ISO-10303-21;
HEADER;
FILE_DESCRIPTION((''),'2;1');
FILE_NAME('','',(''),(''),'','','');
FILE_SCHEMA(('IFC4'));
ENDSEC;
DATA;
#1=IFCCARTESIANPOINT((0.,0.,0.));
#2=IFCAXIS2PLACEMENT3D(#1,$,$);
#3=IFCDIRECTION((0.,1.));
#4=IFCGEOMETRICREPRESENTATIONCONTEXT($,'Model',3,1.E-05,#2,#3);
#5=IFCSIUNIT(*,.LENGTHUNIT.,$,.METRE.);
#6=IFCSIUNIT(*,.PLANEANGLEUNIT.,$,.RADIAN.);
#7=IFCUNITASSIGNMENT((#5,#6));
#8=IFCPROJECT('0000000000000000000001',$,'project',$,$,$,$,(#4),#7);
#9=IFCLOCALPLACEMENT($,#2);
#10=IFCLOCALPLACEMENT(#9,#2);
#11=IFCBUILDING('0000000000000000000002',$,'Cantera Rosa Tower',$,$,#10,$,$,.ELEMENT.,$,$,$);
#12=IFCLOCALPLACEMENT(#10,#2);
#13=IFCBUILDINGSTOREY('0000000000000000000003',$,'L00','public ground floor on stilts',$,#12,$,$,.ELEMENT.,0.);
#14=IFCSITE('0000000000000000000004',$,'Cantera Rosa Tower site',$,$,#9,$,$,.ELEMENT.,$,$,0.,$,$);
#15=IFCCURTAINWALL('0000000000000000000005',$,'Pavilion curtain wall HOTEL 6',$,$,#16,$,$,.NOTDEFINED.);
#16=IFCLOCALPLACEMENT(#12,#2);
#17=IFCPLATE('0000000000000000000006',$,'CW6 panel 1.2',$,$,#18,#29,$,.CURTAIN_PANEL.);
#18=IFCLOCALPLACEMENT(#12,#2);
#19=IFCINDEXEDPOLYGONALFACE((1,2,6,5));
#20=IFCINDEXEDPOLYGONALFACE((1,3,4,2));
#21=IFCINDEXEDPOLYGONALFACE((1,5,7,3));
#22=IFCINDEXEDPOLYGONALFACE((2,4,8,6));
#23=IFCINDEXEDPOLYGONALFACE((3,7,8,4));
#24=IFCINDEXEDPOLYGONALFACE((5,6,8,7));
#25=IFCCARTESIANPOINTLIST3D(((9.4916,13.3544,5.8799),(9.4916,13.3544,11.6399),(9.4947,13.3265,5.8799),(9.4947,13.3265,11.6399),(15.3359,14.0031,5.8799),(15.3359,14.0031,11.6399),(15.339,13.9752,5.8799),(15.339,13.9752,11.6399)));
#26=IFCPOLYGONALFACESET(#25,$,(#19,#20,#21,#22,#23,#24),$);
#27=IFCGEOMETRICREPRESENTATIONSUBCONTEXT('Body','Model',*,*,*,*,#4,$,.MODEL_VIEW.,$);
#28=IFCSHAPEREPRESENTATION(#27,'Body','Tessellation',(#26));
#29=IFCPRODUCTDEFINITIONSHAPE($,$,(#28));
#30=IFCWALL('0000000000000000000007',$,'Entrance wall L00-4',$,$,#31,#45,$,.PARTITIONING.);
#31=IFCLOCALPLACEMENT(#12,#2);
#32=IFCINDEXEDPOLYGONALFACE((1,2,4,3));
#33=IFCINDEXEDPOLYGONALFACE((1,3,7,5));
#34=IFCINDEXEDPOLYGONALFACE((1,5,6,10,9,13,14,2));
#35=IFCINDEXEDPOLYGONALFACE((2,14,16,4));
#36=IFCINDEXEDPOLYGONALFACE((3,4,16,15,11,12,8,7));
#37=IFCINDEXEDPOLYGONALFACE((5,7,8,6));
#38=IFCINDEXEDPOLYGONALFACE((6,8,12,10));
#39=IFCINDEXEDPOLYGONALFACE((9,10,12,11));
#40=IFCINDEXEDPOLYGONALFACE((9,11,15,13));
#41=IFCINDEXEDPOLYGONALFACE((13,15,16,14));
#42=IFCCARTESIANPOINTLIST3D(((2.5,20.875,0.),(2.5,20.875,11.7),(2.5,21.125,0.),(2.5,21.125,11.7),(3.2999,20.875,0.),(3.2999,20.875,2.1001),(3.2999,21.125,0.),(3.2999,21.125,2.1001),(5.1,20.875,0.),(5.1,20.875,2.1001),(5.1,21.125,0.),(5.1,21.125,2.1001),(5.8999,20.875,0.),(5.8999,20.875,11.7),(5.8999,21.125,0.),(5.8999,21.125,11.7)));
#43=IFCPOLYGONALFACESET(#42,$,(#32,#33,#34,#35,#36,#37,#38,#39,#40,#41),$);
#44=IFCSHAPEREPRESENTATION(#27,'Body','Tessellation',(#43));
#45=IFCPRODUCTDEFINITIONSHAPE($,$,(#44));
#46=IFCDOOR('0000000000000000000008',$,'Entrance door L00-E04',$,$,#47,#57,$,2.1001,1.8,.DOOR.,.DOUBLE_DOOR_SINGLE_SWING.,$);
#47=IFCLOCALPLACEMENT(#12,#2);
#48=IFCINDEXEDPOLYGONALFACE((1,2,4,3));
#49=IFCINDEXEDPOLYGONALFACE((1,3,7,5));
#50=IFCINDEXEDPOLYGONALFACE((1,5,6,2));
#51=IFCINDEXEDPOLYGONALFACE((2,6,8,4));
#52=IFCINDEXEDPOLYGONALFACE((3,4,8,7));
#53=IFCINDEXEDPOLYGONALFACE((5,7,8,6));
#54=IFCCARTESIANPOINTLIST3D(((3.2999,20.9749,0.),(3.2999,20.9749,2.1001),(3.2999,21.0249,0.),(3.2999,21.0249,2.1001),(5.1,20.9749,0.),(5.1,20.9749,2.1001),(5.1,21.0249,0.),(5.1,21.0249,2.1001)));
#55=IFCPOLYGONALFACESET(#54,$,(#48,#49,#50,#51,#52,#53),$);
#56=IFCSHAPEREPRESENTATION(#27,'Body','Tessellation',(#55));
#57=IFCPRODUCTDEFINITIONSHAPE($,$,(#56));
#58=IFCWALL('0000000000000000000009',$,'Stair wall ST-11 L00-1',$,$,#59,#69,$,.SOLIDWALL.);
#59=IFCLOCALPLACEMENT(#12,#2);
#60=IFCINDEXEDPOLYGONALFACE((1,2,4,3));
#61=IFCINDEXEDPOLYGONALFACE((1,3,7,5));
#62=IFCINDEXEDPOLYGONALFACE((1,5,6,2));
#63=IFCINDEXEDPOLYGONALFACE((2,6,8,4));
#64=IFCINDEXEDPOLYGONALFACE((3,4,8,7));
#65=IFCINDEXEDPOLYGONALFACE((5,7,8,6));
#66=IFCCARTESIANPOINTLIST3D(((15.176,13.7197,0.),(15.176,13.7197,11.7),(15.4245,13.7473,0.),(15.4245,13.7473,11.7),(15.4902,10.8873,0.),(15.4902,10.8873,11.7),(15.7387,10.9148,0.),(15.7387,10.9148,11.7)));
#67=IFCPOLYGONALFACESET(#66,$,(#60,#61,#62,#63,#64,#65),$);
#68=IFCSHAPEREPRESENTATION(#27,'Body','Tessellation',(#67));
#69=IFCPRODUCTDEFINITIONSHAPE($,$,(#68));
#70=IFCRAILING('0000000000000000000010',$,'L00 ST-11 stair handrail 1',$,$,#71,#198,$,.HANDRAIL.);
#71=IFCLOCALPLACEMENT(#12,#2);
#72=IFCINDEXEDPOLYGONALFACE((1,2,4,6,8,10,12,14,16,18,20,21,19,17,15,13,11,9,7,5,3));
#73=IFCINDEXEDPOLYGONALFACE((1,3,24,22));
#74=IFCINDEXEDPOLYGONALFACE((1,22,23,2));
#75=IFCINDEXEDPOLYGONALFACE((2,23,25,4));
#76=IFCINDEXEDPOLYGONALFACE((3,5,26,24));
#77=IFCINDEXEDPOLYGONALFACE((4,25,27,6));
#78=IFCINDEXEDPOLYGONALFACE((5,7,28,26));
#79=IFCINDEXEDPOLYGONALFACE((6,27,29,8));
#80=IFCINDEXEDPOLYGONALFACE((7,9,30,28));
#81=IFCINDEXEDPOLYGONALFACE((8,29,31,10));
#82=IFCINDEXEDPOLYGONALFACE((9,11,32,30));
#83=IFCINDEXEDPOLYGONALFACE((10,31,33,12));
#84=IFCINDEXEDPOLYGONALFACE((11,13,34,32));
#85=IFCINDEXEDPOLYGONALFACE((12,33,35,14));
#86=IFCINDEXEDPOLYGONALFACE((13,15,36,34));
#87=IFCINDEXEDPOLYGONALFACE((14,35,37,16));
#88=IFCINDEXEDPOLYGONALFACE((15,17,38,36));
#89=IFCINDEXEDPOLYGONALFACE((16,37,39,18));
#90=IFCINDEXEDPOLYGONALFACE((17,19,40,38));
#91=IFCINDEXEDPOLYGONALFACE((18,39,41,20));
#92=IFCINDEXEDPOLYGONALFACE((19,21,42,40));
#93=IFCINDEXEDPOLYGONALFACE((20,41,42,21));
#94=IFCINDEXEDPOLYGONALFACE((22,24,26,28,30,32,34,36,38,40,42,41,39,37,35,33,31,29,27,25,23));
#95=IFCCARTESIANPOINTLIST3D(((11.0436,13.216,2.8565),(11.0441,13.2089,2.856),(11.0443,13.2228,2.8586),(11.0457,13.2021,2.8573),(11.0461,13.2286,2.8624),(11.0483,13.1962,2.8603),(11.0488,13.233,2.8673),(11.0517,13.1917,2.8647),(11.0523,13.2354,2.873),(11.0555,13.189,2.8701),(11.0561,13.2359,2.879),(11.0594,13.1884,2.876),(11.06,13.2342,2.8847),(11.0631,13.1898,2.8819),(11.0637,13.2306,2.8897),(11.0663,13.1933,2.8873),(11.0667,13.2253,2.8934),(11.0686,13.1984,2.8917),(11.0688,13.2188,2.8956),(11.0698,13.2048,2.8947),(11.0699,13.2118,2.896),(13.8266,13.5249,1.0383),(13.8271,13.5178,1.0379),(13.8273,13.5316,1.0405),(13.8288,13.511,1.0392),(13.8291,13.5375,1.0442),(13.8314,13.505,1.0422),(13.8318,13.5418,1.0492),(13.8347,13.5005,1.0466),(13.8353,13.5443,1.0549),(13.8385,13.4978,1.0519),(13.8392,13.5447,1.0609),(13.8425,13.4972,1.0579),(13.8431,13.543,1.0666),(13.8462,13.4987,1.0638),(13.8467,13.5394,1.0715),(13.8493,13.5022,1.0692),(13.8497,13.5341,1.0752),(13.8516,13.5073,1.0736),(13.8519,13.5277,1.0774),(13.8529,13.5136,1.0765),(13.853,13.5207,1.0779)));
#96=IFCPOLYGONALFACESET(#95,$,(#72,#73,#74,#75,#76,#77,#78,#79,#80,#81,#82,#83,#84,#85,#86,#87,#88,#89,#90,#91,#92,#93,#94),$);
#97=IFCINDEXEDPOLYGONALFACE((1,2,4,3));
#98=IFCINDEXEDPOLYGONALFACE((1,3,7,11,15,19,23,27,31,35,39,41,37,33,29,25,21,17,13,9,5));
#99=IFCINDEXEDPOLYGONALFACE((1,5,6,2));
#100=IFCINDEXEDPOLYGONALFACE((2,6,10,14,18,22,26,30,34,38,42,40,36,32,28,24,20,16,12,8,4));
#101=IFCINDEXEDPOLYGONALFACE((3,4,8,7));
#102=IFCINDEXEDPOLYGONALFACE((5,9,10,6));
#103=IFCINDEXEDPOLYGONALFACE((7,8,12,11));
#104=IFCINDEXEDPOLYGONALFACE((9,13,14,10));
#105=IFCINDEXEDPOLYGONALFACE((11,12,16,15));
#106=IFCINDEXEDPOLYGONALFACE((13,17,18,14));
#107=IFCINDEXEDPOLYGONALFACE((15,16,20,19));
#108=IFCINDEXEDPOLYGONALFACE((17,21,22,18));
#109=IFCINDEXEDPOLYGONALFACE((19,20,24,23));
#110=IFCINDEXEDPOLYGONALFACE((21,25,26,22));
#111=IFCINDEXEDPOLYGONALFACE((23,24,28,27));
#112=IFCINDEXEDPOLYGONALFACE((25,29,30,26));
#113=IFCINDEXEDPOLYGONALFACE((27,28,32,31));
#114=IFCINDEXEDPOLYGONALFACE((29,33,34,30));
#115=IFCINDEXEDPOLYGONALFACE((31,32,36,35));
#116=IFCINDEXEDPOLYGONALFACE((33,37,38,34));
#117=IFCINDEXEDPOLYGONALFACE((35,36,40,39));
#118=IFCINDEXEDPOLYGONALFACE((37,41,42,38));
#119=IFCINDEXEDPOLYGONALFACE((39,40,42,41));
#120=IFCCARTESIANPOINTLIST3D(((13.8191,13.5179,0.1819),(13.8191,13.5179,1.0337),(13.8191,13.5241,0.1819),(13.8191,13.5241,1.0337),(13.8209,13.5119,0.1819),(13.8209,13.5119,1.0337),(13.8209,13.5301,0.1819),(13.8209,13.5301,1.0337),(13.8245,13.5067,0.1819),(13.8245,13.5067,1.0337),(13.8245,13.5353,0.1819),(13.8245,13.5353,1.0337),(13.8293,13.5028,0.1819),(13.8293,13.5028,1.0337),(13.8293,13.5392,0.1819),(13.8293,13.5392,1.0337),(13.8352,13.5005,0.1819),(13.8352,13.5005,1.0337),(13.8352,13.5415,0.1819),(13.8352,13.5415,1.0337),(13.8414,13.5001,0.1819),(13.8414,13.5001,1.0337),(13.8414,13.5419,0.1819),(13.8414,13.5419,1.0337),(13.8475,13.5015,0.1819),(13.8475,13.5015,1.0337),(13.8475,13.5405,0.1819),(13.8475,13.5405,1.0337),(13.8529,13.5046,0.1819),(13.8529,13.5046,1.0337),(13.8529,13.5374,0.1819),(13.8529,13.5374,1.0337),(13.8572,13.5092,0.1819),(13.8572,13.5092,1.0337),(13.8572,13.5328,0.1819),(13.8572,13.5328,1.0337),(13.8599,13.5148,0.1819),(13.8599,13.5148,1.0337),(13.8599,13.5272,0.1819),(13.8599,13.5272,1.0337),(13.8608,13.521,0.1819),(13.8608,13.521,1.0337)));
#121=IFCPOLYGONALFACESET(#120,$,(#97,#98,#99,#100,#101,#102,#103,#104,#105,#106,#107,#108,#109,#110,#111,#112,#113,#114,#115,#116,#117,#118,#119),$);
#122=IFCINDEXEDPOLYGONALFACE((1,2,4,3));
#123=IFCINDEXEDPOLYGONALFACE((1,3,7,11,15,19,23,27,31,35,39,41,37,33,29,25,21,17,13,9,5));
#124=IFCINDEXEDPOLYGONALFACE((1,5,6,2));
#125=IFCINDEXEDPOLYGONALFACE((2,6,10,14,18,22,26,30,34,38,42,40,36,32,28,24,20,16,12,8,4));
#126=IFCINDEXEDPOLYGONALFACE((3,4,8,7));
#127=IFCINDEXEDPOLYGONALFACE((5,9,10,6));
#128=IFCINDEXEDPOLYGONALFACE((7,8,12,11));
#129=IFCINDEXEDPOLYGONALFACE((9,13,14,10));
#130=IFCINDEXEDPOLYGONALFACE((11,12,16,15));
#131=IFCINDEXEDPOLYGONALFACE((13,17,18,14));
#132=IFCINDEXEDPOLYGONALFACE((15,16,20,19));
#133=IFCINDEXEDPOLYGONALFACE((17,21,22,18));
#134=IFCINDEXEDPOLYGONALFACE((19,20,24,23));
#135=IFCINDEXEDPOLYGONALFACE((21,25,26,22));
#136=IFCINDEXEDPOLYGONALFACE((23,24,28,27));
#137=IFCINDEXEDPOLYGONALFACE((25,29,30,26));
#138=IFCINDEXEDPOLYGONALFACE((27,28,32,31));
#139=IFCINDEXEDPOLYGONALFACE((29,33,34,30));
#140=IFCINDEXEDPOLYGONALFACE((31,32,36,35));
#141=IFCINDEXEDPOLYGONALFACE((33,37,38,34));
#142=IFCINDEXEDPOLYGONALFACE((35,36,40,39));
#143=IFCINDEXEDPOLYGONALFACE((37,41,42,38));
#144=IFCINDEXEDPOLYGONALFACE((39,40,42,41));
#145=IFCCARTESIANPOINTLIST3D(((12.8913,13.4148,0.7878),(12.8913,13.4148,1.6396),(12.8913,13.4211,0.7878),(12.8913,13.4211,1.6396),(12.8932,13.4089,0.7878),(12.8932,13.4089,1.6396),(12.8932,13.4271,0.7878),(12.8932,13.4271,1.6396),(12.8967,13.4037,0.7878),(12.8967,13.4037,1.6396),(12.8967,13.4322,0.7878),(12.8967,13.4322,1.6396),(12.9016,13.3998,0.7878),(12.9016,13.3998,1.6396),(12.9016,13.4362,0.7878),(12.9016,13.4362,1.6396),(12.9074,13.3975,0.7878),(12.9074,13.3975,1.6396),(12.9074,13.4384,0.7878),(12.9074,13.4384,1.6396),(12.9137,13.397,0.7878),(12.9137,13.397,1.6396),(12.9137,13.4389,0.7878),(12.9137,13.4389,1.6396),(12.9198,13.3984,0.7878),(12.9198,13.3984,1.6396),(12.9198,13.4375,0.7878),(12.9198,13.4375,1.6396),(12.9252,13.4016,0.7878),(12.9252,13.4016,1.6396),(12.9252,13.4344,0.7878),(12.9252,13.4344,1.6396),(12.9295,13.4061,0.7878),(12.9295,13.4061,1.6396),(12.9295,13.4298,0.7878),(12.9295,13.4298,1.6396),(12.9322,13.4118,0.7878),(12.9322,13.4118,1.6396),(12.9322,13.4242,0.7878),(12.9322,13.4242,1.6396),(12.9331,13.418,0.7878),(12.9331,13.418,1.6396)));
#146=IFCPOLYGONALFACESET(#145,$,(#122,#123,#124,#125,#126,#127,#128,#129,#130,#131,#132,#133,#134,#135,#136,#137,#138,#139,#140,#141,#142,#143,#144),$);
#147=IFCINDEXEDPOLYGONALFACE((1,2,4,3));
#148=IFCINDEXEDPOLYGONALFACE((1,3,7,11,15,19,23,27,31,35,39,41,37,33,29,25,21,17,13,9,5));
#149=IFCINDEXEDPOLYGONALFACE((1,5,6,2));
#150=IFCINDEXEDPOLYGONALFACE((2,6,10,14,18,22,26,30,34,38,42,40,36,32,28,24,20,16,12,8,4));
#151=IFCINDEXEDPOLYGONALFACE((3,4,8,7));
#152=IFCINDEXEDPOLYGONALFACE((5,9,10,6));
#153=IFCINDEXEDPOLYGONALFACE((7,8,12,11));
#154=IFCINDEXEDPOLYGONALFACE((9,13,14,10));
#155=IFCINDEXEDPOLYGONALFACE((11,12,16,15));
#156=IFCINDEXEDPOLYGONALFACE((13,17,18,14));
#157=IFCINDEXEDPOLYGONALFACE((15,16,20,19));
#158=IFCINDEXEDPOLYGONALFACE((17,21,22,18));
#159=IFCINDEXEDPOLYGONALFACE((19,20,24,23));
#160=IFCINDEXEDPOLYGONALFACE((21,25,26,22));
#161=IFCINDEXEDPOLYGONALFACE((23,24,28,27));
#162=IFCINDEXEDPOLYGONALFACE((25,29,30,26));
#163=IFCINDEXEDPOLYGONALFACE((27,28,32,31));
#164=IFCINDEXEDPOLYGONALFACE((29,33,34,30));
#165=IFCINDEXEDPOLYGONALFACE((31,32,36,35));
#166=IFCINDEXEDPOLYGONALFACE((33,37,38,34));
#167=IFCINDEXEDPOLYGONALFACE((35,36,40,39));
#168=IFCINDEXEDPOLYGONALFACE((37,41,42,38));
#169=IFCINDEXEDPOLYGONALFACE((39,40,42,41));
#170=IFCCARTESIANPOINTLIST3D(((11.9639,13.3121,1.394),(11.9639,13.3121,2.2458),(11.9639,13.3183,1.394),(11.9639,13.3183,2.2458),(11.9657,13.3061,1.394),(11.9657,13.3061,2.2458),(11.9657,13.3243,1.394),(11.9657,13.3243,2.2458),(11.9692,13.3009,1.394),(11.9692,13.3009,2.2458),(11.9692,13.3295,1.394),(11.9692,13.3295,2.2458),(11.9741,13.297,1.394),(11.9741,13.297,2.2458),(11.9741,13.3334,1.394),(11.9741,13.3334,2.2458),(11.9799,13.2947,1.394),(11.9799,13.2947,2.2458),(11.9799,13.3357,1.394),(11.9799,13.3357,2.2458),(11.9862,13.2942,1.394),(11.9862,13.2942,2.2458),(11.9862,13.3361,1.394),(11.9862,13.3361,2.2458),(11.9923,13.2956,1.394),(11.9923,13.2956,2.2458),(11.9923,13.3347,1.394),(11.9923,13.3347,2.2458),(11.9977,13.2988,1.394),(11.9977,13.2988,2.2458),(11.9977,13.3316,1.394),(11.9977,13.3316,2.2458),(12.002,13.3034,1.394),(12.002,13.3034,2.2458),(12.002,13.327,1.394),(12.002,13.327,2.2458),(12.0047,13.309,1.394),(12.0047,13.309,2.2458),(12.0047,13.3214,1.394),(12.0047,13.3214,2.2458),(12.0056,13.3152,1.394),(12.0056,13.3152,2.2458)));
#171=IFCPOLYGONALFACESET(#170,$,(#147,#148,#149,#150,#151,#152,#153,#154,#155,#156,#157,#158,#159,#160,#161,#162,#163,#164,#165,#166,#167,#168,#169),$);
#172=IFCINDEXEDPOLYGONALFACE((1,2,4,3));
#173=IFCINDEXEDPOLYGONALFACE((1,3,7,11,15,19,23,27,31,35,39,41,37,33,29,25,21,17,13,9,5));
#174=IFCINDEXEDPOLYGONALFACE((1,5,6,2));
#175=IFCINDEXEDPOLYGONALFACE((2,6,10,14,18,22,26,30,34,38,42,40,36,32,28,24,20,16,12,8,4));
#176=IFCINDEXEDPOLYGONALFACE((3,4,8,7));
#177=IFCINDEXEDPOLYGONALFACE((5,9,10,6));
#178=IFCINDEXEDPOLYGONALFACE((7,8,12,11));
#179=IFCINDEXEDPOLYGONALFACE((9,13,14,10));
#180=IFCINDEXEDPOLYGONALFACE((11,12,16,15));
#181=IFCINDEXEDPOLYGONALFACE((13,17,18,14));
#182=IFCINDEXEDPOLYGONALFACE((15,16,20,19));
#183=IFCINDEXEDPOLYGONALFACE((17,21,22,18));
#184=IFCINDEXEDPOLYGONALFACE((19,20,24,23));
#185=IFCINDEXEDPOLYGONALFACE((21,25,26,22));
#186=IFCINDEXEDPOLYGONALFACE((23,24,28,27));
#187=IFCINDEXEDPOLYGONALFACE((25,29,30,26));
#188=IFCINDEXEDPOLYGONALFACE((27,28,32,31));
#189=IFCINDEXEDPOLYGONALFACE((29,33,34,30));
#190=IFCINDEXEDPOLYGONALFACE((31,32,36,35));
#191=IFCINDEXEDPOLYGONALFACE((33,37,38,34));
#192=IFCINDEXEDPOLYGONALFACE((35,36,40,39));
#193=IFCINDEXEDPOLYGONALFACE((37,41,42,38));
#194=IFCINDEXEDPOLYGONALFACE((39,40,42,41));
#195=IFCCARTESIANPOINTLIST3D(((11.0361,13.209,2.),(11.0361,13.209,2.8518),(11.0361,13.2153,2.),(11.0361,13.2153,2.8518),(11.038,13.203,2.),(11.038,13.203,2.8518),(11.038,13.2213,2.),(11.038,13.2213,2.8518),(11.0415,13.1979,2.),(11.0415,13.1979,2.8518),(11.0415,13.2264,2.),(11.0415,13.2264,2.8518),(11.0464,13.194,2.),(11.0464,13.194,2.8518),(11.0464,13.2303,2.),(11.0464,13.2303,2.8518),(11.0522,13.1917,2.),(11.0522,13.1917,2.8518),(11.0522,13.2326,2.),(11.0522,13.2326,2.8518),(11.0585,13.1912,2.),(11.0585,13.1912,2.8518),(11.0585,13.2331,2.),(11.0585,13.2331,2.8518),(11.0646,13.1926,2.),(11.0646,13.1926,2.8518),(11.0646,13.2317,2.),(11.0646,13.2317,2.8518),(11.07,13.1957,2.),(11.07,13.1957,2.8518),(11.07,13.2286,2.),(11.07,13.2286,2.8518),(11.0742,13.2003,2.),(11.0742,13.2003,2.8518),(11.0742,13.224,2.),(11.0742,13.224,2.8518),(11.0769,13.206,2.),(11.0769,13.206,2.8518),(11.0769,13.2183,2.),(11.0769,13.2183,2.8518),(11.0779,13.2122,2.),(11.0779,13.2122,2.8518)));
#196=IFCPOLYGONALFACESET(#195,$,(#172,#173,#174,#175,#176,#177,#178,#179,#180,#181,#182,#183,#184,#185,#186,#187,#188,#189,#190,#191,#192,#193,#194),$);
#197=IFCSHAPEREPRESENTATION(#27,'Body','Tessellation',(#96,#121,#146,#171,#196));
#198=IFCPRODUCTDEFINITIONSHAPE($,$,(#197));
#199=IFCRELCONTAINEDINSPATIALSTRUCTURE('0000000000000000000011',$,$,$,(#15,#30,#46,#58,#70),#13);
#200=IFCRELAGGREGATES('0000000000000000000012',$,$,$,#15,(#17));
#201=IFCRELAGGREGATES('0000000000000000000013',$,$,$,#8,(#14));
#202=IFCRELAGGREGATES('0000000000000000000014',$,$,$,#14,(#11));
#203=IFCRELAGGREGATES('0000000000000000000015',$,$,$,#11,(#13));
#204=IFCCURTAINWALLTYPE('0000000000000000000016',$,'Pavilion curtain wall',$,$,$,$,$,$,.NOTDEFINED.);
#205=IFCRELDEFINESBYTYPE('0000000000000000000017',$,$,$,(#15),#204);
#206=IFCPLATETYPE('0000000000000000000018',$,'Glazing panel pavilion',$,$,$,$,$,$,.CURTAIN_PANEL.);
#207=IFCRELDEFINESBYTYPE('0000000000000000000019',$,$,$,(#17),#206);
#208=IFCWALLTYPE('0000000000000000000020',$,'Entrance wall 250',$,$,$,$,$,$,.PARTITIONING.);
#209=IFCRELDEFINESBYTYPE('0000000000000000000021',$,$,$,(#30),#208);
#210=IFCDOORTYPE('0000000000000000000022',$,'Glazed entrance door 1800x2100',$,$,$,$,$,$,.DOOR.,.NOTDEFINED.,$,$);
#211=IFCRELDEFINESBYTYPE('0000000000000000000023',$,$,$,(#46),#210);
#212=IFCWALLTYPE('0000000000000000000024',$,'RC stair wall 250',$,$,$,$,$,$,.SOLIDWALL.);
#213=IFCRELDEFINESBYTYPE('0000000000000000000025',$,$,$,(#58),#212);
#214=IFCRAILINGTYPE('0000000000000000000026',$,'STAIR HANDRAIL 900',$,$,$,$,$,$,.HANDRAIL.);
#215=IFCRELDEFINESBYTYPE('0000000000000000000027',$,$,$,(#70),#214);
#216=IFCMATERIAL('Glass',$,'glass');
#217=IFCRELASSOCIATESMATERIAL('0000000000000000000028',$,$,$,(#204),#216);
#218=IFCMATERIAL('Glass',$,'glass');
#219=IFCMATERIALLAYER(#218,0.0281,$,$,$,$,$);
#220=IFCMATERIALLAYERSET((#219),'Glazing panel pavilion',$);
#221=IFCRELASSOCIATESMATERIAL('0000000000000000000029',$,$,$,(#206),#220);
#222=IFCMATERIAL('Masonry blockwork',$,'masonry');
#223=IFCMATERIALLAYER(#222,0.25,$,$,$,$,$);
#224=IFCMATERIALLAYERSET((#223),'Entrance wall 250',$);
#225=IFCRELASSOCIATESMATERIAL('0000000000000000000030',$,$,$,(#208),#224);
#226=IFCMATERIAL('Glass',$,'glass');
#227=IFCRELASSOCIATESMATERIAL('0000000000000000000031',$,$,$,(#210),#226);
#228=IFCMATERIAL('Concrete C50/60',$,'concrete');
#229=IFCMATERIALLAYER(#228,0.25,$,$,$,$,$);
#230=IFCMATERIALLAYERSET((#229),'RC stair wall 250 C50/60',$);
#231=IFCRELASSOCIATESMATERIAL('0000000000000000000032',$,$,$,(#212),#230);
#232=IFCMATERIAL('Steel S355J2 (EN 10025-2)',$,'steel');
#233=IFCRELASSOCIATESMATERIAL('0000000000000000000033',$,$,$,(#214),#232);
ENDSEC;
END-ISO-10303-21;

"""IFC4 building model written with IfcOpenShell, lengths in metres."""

from ifc_helpers import new_model, si_unit, direction, frame, frame_2d, origin, origin_2d, place, context, subcontext, project, spatial, rectangle, circle, extrude, material, layer, layer_set, type_object, element, fill, aggregate, save


model = new_model("IFC4")

# Units and contexts
model_context = context("Model", 3, precision=1e-05, world=origin(), true_north=direction((0.0, 1.0)))
body_context = subcontext(model_context, "Body", "Model", "MODEL_VIEW")
ifc_project = project(units=[si_unit("LENGTHUNIT", "METRE"), si_unit("PLANEANGLEUNIT", "RADIAN")], contexts=[model_context])

# Site, building, storey
site_placement = place(None, origin())
site = spatial("IfcSite", under=ifc_project, at=site_placement, Name="Cantera Rosa Tower site", CompositionType="ELEMENT", RefElevation=0.0)
building_placement = place(site_placement, origin())
building = spatial("IfcBuilding", under=site, at=building_placement, Name="Cantera Rosa Tower", CompositionType="ELEMENT")
storey_placement = place(building_placement, origin())
storey = spatial("IfcBuildingStorey", under=building, at=storey_placement, Name="L00", Description="public ground floor on stilts", CompositionType="ELEMENT", Elevation=0.0)

# Shared definitions
ifc_material_1 = material(Name="Glass", Category="glass")
curtain_wall_type = type_object("IfcCurtainWallType", Name="Pavilion curtain wall", PredefinedType="NOTDEFINED", material=ifc_material_1)

# Curtain wall
curtain_wall_1_placement = place(storey_placement, origin())
curtain_wall_1 = element("IfcCurtainWall", 1, at=curtain_wall_1_placement, inside=storey, type_object=curtain_wall_type, Name="Pavilion curtain wall HOTEL 6", PredefinedType="NOTDEFINED")

# Plate
ifc_material_2 = material(Name="Glass", Category="glass")
ifc_layer_1 = layer(ifc_material_2, 0.0281)
ifc_layer_set_1 = layer_set([ifc_layer_1], Name="Glazing panel pavilion")
plate_type = type_object("IfcPlateType", Name="Glazing panel pavilion", PredefinedType="CURTAIN_PANEL", material=ifc_layer_set_1)
plate_1_placement = place(storey_placement, frame((12.4153, 13.6648, 5.8799), z_axis=(0.0, 0.0, 1.0), x_axis=(-0.993897, -0.110316, 0.0)))
plate_1 = element("IfcPlate", 2, at=plate_1_placement, type_object=plate_type, Name="CW6 panel 1.2", PredefinedType="CURTAIN_PANEL", context=body_context, shape_type="SweptSolid", body=[
    extrude(rectangle(XDim=5.8801, YDim=0.0281, at=origin_2d()), origin(), (0.0, 0.0, 1.0), 5.76),
])
aggregate(curtain_wall_1, [plate_1])

# Wall, opening, door
ifc_material_3 = material(Name="Masonry blockwork", Category="masonry")
ifc_layer_2 = layer(ifc_material_3, 0.25)
ifc_layer_set_2 = layer_set([ifc_layer_2], Name="Entrance wall 250")
wall_type_1 = type_object("IfcWallType", Name="Entrance wall 250", PredefinedType="PARTITIONING", material=ifc_layer_set_2)
wall_1_placement = place(storey_placement, frame((2.5, 21.0, 0.0), z_axis=(0.0, 0.0, 1.0), x_axis=(1.0, 0.0, 0.0)))
wall_1 = element("IfcWall", 3, at=wall_1_placement, inside=storey, type_object=wall_type_1, Name="Entrance wall L00-4", PredefinedType="PARTITIONING", context=body_context, shape_type="SweptSolid", body=[
    extrude(rectangle(XDim=3.3999, YDim=0.25, at=frame_2d((1.7, 0.0))), origin(), (0.0, 0.0, 1.0), 11.7),
])
opening_placement = place(wall_1_placement, frame((0.8, 0.0, 0.0)))
opening = element("IfcOpeningElement", 4, at=opening_placement, cuts=wall_1, PredefinedType="OPENING", context=body_context, shape_type="SweptSolid", body=[
    extrude(rectangle(XDim=1.8, YDim=2.1001, at=frame_2d((0.8999, 1.05))), frame((0.0, 0.135, 0.0), z_axis=(0.0, -1.0, 0.0), x_axis=(1.0, 0.0, 0.0)), (0.0, 0.0, 1.0), 0.27),
])
ifc_material_4 = material(Name="Glass", Category="glass")
door_type = type_object("IfcDoorType", Name="Glazed entrance door 1800x2100", OperationType="NOTDEFINED", PredefinedType="DOOR", material=ifc_material_4)
door_placement = place(opening_placement, origin())
door = element("IfcDoor", 5, at=door_placement, inside=storey, type_object=door_type, Name="Entrance door L00-E04", OperationType="DOUBLE_DOOR_SINGLE_SWING", OverallHeight=2.1001, OverallWidth=1.8, PredefinedType="DOOR", context=body_context, shape_type="SweptSolid", body=[
    extrude(rectangle(XDim=1.8, YDim=2.1001, at=frame_2d((0.8999, 1.05))), frame((0.0, 0.0249, 0.0), z_axis=(0.0, -1.0, 0.0), x_axis=(1.0, 0.0, 0.0)), (0.0, 0.0, 1.0), 0.05),
])
fill(opening, door)

# Wall
ifc_material_5 = material(Name="Concrete C50/60", Category="concrete")
ifc_layer_3 = layer(ifc_material_5, 0.25)
ifc_layer_set_3 = layer_set([ifc_layer_3], Name="RC stair wall 250 C50/60")
wall_type_2 = type_object("IfcWallType", Name="RC stair wall 250", PredefinedType="SOLIDWALL", material=ifc_layer_set_3)
wall_2_placement = place(storey_placement, frame((15.3003, 13.7334, 0.0), z_axis=(0.0, 0.0, 1.0), x_axis=(0.110253, -0.993904, 0.0)))
element("IfcWall", 6, at=wall_2_placement, inside=storey, type_object=wall_type_2, Name="Stair wall ST-11 L00-1", PredefinedType="SOLIDWALL", context=body_context, shape_type="SweptSolid", body=[
    extrude(rectangle(XDim=2.8499, YDim=0.25, at=frame_2d((1.4248, 0.0))), origin(), (0.0, 0.0, 1.0), 11.7),
])

# Railing
ifc_material_6 = material(Name="Steel S355J2 (EN 10025-2)", Category="steel")
railing_type_1 = type_object("IfcRailingType", Name="STAIR HANDRAIL 900", PredefinedType="HANDRAIL", material=ifc_material_6)
for number, where, name in (
    (7, (13.8398, 13.521, 0.1819), "L00 ST-11 stair handrail 1"),
):
    element("IfcRailing", number, at=place(storey_placement, frame(where)), inside=storey, type_object=railing_type_1, Name=name, PredefinedType="HANDRAIL", context=body_context, shape_type="SweptSolid", body=[
        extrude(circle(Radius=0.0239, at=origin_2d()), frame((0.0, 0.0, 0.876), z_axis=(-0.833588, -0.092507, 0.544586), x_axis=(0.110298, -0.993899, 0.0)), (0.0, 0.0, 1.0), 3.3386),
        extrude(circle(Radius=0.021, at=origin_2d()), origin(), (0.0, 0.0, 1.0), 0.8518),
        extrude(circle(Radius=0.021, at=origin_2d()), frame((-0.9277, -0.103, 0.606)), (0.0, 0.0, 1.0), 0.8518),
        extrude(circle(Radius=0.021, at=origin_2d()), frame((-1.8552, -0.2058, 1.2122)), (0.0, 0.0, 1.0), 0.8518),
        extrude(circle(Radius=0.021, at=origin_2d()), frame((-2.783, -0.3088, 1.8181)), (0.0, 0.0, 1.0), 0.8518),
    ])

save(model, "model.ifc")
